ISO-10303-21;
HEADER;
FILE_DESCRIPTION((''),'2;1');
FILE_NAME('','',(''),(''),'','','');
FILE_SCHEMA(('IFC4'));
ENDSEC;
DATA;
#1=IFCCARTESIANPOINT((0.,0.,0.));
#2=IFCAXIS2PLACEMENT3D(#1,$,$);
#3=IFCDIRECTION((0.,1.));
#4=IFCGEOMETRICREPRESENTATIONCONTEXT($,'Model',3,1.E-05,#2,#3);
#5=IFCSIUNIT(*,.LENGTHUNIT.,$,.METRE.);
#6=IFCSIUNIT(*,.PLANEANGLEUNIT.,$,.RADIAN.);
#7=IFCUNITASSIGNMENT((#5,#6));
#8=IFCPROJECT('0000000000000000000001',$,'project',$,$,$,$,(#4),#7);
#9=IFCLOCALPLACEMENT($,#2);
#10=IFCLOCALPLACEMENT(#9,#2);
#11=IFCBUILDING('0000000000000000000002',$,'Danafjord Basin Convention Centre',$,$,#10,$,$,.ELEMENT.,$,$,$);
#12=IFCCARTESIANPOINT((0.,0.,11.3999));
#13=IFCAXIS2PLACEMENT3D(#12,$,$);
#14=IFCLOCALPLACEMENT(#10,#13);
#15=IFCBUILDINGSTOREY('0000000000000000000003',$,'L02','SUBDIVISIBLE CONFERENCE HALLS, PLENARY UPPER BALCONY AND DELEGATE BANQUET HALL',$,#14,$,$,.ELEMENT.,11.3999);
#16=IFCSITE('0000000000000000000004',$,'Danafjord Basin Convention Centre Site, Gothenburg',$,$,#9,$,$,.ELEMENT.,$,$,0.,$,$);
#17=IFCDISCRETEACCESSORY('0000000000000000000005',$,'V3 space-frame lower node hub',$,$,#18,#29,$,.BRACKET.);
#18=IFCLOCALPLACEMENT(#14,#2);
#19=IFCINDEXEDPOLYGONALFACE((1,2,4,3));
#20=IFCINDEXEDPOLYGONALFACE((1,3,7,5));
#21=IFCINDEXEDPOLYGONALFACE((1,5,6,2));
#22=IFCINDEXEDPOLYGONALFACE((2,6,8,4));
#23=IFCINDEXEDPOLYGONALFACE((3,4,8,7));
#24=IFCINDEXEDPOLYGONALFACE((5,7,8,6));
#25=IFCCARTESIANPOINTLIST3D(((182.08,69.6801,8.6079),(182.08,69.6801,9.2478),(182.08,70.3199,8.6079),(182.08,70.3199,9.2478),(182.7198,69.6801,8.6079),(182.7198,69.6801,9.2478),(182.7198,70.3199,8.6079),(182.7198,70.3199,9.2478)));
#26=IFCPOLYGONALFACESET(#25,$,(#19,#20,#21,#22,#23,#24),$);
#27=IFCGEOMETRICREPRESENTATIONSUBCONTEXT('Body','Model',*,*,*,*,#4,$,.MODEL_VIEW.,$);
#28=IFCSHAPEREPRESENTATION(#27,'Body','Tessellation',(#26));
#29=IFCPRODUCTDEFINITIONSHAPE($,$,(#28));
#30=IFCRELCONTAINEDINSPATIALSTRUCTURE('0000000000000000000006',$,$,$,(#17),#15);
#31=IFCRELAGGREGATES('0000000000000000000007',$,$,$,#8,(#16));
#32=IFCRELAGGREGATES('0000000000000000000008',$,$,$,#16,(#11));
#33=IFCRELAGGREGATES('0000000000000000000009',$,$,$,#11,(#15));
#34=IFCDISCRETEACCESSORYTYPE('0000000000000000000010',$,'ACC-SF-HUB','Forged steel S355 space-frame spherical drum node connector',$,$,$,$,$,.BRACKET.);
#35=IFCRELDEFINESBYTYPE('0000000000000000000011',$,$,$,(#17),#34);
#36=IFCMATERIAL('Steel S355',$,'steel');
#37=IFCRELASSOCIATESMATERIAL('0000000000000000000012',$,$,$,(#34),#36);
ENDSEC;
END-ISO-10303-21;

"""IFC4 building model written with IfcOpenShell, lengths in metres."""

from ifc_helpers import new_model, si_unit, direction, frame, origin, origin_2d, place, context, subcontext, project, spatial, rectangle, extrude, material, type_object, element, save


model = new_model("IFC4")

# Units and contexts
model_context = context("Model", 3, precision=1e-05, world=origin(), true_north=direction((0.0, 1.0)))
body_context = subcontext(model_context, "Body", "Model", "MODEL_VIEW")
ifc_project = project(units=[si_unit("LENGTHUNIT", "METRE"), si_unit("PLANEANGLEUNIT", "RADIAN")], contexts=[model_context])

# Site, building, storey
site_placement = place(None, origin())
site = spatial("IfcSite", under=ifc_project, at=site_placement, Name="Danafjord Basin Convention Centre Site, Gothenburg", CompositionType="ELEMENT", RefElevation=0.0)
building_placement = place(site_placement, origin())
building = spatial("IfcBuilding", under=site, at=building_placement, Name="Danafjord Basin Convention Centre", CompositionType="ELEMENT")
storey_placement = place(building_placement, frame((0.0, 0.0, 11.3999)))
storey = spatial("IfcBuildingStorey", under=building, at=storey_placement, Name="L02", Description="SUBDIVISIBLE CONFERENCE HALLS, PLENARY UPPER BALCONY AND DELEGATE BANQUET HALL", CompositionType="ELEMENT", Elevation=11.3999)

# Shared definitions
ifc_material = material(Name="Steel S355", Category="steel")

# Discrete accessory
discrete_accessory_type = type_object("IfcDiscreteAccessoryType", Name="ACC-SF-HUB", Description="Forged steel S355 space-frame spherical drum node connector", PredefinedType="BRACKET", material=ifc_material)
for number, where, z_axis, x_axis, name in (
    (1, (182.3999, 70.0, 8.6079), (0.0, 0.0, 1.0), (1.0, 0.0, 0.0), "V3 space-frame lower node hub"),
):
    element("IfcDiscreteAccessory", number, at=place(storey_placement, frame(where, z_axis=z_axis, x_axis=x_axis)), inside=storey, type_object=discrete_accessory_type, Name=name, PredefinedType="BRACKET", context=body_context, shape_type="SweptSolid", body=[
        extrude(rectangle(XDim=0.6399, YDim=0.6399, at=origin_2d()), origin(), (0.0, 0.0, 1.0), 0.6399),
    ])

save(model, "model.ifc")
